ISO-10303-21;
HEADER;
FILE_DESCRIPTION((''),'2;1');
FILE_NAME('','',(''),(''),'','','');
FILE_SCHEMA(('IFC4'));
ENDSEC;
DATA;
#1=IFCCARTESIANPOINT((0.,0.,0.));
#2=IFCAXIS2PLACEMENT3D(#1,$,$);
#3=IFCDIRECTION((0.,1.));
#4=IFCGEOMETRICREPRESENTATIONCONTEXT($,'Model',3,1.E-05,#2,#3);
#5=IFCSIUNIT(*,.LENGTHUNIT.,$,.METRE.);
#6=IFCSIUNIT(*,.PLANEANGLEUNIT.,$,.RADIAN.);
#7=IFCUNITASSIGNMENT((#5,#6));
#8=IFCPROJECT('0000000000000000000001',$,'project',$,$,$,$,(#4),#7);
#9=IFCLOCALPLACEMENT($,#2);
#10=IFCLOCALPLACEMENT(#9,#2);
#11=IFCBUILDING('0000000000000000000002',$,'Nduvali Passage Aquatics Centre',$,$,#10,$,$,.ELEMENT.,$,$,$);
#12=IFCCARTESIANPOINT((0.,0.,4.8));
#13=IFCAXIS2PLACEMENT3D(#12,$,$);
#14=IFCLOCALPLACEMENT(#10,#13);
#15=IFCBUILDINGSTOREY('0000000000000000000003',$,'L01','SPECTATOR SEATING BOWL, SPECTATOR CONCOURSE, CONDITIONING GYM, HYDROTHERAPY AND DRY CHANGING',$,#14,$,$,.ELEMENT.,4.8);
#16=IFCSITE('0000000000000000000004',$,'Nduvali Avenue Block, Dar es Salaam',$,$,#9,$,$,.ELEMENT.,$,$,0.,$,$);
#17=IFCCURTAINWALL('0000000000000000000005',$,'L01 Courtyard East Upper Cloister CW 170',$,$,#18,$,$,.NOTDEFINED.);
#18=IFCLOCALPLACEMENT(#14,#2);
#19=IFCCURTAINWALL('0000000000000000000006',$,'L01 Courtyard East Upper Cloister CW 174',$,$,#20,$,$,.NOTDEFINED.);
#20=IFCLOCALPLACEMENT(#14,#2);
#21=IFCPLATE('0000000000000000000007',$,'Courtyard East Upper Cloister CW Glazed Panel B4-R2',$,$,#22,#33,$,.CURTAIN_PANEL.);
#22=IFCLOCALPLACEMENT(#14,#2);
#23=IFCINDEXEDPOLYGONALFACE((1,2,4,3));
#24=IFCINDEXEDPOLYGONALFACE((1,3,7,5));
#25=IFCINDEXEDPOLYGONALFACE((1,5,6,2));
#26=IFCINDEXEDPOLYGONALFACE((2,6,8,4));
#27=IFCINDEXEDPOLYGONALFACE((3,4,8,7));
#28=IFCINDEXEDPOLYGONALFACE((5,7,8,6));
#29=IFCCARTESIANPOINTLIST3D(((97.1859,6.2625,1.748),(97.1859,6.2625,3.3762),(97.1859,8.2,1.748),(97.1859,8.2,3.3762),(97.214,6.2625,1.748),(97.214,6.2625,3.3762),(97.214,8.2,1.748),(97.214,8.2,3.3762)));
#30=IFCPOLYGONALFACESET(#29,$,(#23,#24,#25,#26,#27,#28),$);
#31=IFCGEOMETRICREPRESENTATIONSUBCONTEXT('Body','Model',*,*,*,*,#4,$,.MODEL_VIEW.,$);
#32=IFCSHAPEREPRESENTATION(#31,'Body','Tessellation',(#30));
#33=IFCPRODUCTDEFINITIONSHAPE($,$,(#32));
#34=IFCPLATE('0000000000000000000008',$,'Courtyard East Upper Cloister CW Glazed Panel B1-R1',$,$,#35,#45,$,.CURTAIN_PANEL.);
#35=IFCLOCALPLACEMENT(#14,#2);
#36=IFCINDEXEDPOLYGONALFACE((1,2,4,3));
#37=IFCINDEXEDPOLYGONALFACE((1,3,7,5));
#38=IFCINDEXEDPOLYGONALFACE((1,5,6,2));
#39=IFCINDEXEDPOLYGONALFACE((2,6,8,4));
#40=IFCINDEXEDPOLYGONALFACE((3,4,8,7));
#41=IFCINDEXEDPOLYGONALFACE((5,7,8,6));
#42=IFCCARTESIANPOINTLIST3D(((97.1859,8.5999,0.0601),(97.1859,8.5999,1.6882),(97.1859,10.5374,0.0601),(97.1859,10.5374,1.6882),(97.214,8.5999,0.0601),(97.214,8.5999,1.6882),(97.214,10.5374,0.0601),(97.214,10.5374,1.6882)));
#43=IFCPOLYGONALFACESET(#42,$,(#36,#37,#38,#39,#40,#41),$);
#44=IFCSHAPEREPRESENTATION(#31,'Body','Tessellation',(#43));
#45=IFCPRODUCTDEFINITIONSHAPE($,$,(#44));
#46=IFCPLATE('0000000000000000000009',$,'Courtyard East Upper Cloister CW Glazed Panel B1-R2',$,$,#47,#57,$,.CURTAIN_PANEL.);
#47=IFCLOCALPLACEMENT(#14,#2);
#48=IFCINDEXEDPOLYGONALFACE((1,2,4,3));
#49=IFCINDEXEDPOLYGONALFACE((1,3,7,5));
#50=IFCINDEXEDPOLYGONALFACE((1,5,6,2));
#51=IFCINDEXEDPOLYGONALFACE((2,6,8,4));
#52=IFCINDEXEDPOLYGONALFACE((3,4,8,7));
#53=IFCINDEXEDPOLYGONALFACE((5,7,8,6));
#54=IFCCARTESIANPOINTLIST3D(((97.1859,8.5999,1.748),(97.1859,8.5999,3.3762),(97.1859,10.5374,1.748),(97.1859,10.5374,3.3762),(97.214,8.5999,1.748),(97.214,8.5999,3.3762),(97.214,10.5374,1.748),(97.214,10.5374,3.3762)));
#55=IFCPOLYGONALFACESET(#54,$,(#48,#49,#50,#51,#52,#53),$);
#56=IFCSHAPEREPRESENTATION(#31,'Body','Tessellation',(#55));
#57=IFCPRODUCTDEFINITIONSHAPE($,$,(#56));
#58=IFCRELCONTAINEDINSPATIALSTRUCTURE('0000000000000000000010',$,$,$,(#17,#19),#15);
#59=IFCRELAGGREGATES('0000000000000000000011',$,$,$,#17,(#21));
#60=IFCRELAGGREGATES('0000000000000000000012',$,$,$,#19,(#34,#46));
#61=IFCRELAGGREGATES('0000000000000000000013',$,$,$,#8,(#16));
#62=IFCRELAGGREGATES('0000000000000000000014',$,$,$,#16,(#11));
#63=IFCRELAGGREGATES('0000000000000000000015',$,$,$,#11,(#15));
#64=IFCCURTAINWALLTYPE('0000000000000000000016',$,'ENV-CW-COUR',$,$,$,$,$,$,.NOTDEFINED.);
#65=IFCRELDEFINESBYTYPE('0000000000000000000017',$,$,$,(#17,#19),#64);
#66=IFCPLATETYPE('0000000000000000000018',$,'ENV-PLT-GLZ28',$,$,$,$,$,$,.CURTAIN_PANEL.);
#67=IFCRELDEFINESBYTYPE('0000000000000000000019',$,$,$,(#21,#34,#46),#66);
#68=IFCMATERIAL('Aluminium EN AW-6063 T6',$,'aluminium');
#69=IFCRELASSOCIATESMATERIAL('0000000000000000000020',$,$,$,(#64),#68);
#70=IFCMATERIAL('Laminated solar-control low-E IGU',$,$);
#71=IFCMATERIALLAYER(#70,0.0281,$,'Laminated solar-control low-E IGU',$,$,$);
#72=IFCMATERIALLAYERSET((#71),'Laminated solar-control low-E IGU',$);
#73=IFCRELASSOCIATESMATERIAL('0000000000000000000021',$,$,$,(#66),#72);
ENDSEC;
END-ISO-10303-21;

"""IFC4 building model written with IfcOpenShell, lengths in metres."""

from ifc_helpers import new_model, si_unit, direction, frame, origin, origin_2d, place, context, subcontext, project, spatial, rectangle, extrude, material, layer, layer_set, type_object, element, aggregate, save


model = new_model("IFC4")

# Units and contexts
model_context = context("Model", 3, precision=1e-05, world=origin(), true_north=direction((0.0, 1.0)))
body_context = subcontext(model_context, "Body", "Model", "MODEL_VIEW")
ifc_project = project(units=[si_unit("LENGTHUNIT", "METRE"), si_unit("PLANEANGLEUNIT", "RADIAN")], contexts=[model_context])

# Site, building, storey
site_placement = place(None, origin())
site = spatial("IfcSite", under=ifc_project, at=site_placement, Name="Nduvali Avenue Block, Dar es Salaam", CompositionType="ELEMENT", RefElevation=0.0)
building_placement = place(site_placement, origin())
building = spatial("IfcBuilding", under=site, at=building_placement, Name="Nduvali Passage Aquatics Centre", CompositionType="ELEMENT")
storey_placement = place(building_placement, frame((0.0, 0.0, 4.8)))
storey = spatial("IfcBuildingStorey", under=building, at=storey_placement, Name="L01", Description="SPECTATOR SEATING BOWL, SPECTATOR CONCOURSE, CONDITIONING GYM, HYDROTHERAPY AND DRY CHANGING", CompositionType="ELEMENT", Elevation=4.8)

# Curtain walls
ifc_material_1 = material(Name="Aluminium EN AW-6063 T6", Category="aluminium")
curtain_wall_type = type_object("IfcCurtainWallType", Name="ENV-CW-COUR", PredefinedType="NOTDEFINED", material=ifc_material_1)
curtain_wall_1_placement = place(storey_placement, origin())
curtain_wall_1 = element("IfcCurtainWall", 1, at=curtain_wall_1_placement, inside=storey, type_object=curtain_wall_type, Name="L01 Courtyard East Upper Cloister CW 170", PredefinedType="NOTDEFINED")
curtain_wall_2_placement = place(storey_placement, origin())
curtain_wall_2 = element("IfcCurtainWall", 2, at=curtain_wall_2_placement, inside=storey, type_object=curtain_wall_type, Name="L01 Courtyard East Upper Cloister CW 174", PredefinedType="NOTDEFINED")

# Plates
ifc_material_2 = material(Name="Laminated solar-control low-E IGU")
ifc_layer = layer(ifc_material_2, 0.0281, Name="Laminated solar-control low-E IGU")
ifc_layer_set = layer_set([ifc_layer], Name="Laminated solar-control low-E IGU")
plate_type = type_object("IfcPlateType", Name="ENV-PLT-GLZ28", PredefinedType="CURTAIN_PANEL", material=ifc_layer_set)
plate_1_placement = place(storey_placement, frame((97.2, 7.2312, 1.748), z_axis=(0.0, 0.0, 1.0), x_axis=(0.0, 1.0, 0.0)))
plate_1 = element("IfcPlate", 3, at=plate_1_placement, type_object=plate_type, Name="Courtyard East Upper Cloister CW Glazed Panel B4-R2", PredefinedType="CURTAIN_PANEL", context=body_context, shape_type="SweptSolid", body=[
    extrude(rectangle(XDim=1.9375, YDim=0.0281, at=origin_2d()), origin(), (0.0, 0.0, 1.0), 1.6282),
])
aggregate(curtain_wall_1, [plate_1])
plate_2_placement = place(storey_placement, frame((97.2, 9.5686, 0.0601), z_axis=(0.0, 0.0, 1.0), x_axis=(0.0, 1.0, 0.0)))
plate_2 = element("IfcPlate", 4, at=plate_2_placement, type_object=plate_type, Name="Courtyard East Upper Cloister CW Glazed Panel B1-R1", PredefinedType="CURTAIN_PANEL", context=body_context, shape_type="SweptSolid", body=[
    extrude(rectangle(XDim=1.9375, YDim=0.0281, at=origin_2d()), origin(), (0.0, 0.0, 1.0), 1.6282),
])
plate_3_placement = place(storey_placement, frame((97.2, 9.5686, 1.748), z_axis=(0.0, 0.0, 1.0), x_axis=(0.0, 1.0, 0.0)))
plate_3 = element("IfcPlate", 5, at=plate_3_placement, type_object=plate_type, Name="Courtyard East Upper Cloister CW Glazed Panel B1-R2", PredefinedType="CURTAIN_PANEL", context=body_context, shape_type="SweptSolid", body=[
    extrude(rectangle(XDim=1.9375, YDim=0.0281, at=origin_2d()), origin(), (0.0, 0.0, 1.0), 1.6282),
])
aggregate(curtain_wall_2, [plate_2, plate_3])

save(model, "model.ifc")
